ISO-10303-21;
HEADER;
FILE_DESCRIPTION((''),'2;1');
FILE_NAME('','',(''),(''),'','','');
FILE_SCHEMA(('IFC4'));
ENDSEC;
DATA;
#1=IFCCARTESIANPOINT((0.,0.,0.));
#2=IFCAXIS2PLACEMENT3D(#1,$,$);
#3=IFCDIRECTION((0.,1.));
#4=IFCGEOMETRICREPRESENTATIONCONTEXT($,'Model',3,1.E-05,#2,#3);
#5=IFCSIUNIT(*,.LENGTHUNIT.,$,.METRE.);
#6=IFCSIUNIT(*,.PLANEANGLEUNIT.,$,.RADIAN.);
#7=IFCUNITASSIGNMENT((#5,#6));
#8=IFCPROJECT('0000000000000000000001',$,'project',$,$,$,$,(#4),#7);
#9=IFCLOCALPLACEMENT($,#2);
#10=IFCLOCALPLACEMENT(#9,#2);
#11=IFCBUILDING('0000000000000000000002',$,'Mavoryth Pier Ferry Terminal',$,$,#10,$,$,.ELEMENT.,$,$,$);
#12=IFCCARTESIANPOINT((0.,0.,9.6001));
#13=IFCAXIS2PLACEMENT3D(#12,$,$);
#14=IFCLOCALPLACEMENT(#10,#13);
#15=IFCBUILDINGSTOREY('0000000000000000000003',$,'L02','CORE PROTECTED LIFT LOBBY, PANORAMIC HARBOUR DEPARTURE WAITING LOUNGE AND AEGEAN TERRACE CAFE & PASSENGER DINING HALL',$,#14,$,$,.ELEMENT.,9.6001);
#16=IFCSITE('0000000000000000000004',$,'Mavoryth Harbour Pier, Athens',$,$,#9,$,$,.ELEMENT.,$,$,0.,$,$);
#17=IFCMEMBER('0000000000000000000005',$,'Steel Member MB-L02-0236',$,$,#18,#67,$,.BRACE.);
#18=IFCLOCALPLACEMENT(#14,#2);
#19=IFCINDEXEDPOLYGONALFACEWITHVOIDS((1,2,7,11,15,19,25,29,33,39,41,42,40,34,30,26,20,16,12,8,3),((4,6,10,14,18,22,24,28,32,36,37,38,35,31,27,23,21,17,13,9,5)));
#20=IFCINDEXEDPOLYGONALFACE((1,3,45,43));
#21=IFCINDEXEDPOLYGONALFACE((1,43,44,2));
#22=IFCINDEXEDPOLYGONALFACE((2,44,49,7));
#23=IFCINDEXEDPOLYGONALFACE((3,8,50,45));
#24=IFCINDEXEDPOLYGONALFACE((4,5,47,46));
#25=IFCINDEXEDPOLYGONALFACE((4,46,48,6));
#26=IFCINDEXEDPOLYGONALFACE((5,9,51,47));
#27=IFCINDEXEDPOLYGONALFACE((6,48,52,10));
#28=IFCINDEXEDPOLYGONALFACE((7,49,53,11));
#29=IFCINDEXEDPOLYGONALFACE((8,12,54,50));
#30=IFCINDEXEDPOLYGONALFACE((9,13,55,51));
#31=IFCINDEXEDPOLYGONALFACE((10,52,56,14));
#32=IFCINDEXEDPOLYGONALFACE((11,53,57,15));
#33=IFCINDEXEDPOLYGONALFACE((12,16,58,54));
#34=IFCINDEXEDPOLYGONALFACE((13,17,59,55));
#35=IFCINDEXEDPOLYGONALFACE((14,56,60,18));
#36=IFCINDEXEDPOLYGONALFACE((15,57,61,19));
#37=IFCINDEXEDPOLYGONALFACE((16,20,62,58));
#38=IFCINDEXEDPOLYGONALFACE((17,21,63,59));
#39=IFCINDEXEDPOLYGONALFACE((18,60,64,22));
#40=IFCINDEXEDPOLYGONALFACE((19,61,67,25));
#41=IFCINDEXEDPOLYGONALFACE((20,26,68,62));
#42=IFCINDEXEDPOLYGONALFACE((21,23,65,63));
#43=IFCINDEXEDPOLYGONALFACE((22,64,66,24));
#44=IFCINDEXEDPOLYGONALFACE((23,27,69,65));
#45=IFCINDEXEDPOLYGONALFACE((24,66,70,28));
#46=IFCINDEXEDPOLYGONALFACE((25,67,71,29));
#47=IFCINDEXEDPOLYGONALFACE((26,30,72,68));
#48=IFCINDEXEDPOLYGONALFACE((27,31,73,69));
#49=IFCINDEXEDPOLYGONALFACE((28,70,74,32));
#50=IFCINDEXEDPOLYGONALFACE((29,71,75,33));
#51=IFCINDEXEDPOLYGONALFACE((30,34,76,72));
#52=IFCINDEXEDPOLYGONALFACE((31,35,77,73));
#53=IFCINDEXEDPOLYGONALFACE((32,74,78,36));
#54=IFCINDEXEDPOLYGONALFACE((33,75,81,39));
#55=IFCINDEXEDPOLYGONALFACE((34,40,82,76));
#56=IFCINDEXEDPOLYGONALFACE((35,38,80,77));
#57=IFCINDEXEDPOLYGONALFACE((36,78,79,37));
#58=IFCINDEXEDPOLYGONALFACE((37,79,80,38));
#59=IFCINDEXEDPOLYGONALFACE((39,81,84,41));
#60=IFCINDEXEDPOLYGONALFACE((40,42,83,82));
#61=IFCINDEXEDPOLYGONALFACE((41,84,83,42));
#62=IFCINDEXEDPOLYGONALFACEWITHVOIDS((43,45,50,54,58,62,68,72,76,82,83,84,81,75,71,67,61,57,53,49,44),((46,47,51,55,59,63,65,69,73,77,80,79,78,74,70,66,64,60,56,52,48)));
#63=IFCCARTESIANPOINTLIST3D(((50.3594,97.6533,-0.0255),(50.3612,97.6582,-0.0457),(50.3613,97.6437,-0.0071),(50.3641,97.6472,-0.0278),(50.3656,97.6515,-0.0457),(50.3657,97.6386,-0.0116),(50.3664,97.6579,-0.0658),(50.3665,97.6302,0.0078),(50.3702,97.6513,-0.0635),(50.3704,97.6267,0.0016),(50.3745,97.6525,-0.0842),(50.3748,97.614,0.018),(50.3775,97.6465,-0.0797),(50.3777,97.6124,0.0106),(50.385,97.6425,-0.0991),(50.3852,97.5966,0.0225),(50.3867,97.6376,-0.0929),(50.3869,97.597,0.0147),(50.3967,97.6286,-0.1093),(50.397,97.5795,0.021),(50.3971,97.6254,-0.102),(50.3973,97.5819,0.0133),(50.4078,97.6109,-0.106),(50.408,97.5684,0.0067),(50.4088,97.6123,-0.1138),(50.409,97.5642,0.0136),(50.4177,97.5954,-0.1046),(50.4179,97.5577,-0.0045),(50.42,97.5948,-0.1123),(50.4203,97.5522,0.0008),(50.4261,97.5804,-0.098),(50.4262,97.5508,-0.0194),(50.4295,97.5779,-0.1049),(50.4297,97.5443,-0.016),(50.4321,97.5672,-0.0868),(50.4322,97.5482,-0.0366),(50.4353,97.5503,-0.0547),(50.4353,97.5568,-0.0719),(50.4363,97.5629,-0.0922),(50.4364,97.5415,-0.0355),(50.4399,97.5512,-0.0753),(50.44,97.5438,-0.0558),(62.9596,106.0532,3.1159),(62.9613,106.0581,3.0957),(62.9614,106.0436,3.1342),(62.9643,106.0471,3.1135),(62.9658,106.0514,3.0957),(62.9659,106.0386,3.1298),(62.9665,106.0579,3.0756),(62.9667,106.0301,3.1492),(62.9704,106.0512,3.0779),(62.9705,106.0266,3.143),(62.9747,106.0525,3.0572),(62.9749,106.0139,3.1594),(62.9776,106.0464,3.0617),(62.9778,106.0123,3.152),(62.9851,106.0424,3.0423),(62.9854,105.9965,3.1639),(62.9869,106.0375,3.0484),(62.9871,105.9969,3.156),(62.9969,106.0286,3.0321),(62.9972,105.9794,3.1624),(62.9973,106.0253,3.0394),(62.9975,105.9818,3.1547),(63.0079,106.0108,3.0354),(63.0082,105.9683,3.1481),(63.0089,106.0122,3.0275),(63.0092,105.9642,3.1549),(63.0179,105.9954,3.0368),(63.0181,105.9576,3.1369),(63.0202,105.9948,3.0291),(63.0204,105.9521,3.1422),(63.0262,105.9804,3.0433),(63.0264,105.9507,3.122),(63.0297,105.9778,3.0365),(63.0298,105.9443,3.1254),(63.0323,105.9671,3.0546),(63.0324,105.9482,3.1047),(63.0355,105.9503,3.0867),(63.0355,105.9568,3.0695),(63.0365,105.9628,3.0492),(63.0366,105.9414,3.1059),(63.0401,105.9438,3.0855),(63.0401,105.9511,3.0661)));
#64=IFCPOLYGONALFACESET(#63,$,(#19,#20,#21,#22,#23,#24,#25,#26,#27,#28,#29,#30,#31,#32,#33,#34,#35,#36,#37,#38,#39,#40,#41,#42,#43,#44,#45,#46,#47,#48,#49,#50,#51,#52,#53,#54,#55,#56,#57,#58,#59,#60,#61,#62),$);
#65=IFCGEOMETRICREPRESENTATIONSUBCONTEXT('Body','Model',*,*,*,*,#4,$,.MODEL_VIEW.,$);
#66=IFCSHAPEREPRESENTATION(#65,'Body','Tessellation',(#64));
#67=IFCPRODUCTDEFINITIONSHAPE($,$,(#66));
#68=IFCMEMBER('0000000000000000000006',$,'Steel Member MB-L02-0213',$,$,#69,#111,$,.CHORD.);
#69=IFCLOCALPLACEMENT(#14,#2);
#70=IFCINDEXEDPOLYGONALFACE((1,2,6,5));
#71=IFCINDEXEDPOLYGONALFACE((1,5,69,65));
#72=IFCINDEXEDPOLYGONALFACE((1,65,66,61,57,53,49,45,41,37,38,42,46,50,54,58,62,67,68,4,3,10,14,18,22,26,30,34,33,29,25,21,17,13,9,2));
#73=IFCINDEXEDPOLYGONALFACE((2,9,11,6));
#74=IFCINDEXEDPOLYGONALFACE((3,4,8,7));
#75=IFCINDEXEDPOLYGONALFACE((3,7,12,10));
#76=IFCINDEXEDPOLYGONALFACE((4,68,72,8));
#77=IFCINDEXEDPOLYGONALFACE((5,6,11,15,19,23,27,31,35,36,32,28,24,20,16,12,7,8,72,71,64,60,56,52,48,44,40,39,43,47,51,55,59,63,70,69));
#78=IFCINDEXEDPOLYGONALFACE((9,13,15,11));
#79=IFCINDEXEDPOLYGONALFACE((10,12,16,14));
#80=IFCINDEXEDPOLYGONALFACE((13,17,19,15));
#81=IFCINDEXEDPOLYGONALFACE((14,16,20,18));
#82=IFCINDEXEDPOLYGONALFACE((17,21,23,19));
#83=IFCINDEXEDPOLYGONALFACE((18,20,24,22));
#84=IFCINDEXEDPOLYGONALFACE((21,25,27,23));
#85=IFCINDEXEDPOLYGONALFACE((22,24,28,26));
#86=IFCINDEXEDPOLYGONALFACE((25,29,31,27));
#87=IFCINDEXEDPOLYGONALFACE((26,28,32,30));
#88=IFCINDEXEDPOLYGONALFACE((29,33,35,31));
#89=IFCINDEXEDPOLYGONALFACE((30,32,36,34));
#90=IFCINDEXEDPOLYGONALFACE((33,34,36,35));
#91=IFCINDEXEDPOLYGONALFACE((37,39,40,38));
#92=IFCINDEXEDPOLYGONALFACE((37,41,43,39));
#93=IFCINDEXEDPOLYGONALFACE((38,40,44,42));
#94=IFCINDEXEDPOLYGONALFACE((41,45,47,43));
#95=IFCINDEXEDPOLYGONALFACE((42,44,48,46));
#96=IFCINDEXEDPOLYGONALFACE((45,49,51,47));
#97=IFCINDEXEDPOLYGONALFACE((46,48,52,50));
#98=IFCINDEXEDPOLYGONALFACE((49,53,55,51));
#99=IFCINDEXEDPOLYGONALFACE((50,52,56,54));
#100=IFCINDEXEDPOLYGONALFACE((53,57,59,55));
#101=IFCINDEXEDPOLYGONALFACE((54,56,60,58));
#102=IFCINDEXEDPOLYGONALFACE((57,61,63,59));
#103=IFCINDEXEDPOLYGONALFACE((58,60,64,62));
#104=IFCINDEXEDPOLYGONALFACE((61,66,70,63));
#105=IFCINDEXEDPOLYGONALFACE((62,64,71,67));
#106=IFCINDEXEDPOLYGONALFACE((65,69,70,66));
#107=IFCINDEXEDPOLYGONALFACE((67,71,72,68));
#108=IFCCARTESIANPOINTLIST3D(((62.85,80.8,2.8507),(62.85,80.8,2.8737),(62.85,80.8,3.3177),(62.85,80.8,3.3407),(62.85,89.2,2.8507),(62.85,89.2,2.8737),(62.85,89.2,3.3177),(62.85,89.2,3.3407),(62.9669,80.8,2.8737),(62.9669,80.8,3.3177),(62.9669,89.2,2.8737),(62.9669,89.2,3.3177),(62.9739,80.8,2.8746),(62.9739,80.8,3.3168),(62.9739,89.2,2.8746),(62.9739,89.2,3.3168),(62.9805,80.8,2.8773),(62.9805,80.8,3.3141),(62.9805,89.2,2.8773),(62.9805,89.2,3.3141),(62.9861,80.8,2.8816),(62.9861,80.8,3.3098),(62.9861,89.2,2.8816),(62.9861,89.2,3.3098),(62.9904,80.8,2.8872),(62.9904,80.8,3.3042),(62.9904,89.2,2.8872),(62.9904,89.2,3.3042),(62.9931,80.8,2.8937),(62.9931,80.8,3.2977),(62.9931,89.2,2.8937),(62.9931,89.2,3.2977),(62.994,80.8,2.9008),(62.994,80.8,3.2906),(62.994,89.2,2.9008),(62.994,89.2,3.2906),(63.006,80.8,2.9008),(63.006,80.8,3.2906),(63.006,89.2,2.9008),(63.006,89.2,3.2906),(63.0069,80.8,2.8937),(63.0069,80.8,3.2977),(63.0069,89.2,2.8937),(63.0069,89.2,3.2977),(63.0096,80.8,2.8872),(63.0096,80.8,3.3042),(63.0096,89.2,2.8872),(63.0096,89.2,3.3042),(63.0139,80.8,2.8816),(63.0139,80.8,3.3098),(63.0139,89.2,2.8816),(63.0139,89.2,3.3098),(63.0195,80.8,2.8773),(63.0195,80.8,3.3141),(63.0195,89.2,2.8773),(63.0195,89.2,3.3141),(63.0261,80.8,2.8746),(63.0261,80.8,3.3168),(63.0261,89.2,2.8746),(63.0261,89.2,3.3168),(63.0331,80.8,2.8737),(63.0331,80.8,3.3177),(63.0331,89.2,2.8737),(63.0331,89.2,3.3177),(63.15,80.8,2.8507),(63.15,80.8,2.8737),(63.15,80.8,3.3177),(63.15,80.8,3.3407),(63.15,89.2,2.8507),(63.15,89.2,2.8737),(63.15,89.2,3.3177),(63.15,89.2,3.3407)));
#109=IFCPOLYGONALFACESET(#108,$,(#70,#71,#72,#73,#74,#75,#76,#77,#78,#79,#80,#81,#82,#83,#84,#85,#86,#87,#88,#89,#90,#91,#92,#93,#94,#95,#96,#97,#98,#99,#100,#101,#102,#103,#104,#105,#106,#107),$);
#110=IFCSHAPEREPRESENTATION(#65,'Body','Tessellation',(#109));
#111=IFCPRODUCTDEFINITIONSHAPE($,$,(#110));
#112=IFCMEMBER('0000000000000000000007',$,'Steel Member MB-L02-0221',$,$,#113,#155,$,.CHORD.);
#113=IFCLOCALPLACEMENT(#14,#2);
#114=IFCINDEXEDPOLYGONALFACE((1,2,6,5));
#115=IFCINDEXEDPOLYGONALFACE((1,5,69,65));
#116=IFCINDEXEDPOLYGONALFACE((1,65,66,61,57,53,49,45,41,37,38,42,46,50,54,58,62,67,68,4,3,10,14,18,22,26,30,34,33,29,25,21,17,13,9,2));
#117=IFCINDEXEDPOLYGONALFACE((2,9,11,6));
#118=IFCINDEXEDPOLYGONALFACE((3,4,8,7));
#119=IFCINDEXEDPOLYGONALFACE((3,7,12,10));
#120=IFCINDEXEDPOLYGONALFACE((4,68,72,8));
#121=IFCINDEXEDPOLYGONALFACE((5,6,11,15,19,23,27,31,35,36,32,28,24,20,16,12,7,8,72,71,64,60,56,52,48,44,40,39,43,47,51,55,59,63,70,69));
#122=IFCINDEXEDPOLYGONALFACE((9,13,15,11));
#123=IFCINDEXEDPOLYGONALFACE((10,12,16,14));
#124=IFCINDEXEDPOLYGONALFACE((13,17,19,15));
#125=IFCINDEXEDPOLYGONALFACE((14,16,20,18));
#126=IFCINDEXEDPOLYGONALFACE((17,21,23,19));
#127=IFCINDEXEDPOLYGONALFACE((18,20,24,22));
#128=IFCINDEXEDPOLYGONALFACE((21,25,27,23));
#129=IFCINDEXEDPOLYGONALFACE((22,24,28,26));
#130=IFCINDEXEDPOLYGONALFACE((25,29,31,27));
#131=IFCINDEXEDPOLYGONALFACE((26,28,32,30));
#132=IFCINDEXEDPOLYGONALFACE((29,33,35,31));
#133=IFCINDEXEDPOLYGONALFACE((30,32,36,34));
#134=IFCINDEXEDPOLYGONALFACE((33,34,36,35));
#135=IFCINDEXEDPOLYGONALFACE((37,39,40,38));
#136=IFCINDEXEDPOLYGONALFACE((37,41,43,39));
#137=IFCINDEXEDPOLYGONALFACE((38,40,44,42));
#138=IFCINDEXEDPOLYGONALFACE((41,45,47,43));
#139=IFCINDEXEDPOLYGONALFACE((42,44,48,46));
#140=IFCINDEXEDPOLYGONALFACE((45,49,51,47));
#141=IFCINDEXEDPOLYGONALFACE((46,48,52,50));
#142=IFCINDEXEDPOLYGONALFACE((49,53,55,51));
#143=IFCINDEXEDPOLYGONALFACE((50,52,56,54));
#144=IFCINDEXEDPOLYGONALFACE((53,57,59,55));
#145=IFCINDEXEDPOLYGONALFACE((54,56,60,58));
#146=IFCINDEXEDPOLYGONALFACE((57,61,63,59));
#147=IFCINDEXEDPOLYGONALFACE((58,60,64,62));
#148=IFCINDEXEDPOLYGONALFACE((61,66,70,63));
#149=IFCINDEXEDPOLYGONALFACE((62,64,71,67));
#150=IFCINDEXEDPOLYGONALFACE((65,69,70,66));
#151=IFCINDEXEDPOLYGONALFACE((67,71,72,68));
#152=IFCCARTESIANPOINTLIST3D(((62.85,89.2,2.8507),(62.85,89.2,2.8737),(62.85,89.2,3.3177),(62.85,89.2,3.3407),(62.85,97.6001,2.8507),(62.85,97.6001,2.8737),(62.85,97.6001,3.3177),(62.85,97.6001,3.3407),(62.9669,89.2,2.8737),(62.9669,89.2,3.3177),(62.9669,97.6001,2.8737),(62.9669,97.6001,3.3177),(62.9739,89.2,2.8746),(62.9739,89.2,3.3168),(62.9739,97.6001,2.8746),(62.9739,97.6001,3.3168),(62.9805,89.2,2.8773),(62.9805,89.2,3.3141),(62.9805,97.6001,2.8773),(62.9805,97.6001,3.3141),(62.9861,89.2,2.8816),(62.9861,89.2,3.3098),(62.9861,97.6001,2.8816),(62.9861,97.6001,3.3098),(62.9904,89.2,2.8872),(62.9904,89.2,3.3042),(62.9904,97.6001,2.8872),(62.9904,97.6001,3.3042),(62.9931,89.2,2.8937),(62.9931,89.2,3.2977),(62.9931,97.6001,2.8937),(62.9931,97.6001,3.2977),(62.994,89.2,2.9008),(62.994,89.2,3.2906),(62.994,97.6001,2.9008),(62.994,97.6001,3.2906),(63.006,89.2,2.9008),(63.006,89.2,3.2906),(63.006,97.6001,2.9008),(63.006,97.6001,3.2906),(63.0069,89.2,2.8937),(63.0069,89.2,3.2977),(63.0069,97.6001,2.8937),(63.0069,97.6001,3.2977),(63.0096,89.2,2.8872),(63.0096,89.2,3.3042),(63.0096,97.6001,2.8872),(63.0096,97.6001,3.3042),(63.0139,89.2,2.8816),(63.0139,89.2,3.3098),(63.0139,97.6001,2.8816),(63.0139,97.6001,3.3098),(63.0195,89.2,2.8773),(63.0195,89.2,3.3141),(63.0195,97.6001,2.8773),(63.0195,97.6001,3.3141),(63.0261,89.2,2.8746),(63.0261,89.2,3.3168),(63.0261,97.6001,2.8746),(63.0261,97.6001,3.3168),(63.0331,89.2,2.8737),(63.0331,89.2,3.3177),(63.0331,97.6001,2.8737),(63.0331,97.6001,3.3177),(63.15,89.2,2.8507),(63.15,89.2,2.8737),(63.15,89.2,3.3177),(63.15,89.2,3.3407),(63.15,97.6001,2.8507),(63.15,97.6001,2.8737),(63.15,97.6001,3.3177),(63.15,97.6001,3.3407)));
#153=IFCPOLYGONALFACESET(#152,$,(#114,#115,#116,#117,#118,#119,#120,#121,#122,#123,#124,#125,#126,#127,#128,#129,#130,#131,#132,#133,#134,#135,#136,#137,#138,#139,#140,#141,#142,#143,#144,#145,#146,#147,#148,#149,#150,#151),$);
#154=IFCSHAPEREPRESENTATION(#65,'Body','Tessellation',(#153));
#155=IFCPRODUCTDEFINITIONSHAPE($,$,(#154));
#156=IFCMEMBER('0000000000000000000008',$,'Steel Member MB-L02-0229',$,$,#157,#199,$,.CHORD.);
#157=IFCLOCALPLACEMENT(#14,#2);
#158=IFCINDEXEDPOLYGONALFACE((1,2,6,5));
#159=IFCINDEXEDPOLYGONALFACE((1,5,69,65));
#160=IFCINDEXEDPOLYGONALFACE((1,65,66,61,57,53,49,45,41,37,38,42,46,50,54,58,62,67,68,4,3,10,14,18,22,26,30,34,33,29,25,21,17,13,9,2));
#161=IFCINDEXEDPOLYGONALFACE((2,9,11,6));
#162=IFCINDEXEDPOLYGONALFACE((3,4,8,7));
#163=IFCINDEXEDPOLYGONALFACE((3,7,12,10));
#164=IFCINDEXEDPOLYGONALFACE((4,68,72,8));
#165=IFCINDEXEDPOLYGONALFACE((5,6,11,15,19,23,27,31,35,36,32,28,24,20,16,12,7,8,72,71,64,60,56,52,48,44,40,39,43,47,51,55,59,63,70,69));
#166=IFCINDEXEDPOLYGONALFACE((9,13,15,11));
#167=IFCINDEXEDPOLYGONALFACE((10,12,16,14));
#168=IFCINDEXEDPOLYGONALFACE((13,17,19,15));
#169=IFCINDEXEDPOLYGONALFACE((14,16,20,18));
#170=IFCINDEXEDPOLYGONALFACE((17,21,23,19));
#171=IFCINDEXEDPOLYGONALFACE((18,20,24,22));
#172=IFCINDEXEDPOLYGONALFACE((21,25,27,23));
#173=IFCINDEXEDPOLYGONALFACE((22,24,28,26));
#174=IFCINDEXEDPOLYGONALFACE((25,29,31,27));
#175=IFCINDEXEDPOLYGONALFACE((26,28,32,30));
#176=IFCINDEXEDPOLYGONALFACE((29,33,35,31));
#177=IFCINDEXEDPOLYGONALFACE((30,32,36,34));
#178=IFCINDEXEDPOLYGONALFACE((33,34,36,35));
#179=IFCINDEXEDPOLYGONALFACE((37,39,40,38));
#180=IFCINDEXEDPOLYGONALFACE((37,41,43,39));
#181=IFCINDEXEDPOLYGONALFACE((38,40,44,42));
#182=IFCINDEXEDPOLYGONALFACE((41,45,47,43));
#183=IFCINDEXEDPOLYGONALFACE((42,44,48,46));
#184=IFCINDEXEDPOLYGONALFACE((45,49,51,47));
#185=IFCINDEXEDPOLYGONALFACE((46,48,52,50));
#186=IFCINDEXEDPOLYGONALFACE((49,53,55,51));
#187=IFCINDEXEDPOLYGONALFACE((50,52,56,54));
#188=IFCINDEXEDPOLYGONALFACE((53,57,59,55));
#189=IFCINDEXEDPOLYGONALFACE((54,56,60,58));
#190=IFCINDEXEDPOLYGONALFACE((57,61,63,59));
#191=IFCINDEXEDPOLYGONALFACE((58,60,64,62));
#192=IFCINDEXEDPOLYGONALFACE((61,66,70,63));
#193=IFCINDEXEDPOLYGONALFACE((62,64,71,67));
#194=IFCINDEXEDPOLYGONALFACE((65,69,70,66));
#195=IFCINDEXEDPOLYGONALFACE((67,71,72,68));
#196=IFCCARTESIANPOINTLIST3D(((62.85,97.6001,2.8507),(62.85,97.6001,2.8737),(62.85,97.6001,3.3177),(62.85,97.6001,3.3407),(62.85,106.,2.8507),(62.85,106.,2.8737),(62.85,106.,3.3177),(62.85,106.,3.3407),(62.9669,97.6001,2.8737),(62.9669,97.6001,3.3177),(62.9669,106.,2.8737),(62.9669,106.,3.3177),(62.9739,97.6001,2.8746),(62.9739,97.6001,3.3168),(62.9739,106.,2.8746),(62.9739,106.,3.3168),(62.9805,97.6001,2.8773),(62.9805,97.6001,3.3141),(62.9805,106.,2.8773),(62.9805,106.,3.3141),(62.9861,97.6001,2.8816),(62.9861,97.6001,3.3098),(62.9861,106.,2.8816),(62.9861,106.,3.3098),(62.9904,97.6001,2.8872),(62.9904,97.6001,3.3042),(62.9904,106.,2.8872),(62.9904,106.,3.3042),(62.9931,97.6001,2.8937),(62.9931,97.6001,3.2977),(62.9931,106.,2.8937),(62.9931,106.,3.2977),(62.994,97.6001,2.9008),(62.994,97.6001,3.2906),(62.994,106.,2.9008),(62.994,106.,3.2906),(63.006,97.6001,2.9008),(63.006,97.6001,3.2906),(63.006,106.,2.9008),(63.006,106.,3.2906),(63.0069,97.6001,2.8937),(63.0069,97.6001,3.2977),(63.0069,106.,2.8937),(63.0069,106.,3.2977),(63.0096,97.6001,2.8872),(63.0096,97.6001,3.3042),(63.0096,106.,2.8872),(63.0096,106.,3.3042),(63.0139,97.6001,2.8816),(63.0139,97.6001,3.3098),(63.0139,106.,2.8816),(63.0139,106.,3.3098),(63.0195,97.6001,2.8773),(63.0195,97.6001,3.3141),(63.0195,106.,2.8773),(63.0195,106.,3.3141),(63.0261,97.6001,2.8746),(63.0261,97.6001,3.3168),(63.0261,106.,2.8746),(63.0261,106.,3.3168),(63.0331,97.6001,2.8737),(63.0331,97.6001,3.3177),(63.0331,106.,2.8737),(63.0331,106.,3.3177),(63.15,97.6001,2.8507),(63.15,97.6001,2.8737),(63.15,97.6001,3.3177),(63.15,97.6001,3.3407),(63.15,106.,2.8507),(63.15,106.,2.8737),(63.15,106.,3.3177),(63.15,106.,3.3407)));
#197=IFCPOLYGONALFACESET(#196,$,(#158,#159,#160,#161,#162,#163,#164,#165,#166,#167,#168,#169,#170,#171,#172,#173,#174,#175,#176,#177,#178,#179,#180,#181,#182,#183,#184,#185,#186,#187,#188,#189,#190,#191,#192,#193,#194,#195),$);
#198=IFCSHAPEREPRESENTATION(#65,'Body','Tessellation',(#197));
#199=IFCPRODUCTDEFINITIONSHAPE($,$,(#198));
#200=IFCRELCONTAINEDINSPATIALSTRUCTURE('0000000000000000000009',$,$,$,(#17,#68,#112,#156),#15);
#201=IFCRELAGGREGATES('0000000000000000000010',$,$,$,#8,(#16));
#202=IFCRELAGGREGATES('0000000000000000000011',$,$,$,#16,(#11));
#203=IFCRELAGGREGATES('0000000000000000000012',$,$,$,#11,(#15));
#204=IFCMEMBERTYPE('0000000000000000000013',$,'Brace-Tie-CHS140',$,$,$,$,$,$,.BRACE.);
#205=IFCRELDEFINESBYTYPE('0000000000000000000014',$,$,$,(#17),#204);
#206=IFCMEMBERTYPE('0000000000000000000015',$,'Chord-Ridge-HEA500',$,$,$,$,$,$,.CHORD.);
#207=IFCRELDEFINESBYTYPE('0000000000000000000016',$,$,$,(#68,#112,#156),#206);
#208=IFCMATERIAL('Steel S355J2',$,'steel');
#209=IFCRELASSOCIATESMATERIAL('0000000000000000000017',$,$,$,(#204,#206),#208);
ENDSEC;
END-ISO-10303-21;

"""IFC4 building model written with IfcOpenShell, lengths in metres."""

from ifc_helpers import new_model, si_unit, direction, frame, origin, origin_2d, place, context, subcontext, project, spatial, hollow_circle, i_section, extrude, material, material_profile, profile_set, type_object, element, save


model = new_model("IFC4")

# Units and contexts
model_context = context("Model", 3, precision=1e-05, world=origin(), true_north=direction((0.0, 1.0)))
body_context = subcontext(model_context, "Body", "Model", "MODEL_VIEW")
ifc_project = project(units=[si_unit("LENGTHUNIT", "METRE"), si_unit("PLANEANGLEUNIT", "RADIAN")], contexts=[model_context])

# Site, building, storey
site_placement = place(None, origin())
site = spatial("IfcSite", under=ifc_project, at=site_placement, Name="Mavoryth Harbour Pier, Athens", CompositionType="ELEMENT", RefElevation=0.0)
building_placement = place(site_placement, origin())
building = spatial("IfcBuilding", under=site, at=building_placement, Name="Mavoryth Pier Ferry Terminal", CompositionType="ELEMENT")
storey_placement = place(building_placement, frame((0.0, 0.0, 9.6001)))
storey = spatial("IfcBuildingStorey", under=building, at=storey_placement, Name="L02", Description="CORE PROTECTED LIFT LOBBY, PANORAMIC HARBOUR DEPARTURE WAITING LOUNGE AND AEGEAN TERRACE CAFE & PASSENGER DINING HALL", CompositionType="ELEMENT", Elevation=9.6001)

# Members
ifc_material_1 = material(Name="Steel S355J2", Category="steel")
ifc_material_profile_1 = material_profile(ifc_material_1, hollow_circle(Radius=0.0698, WallThickness=0.0081, at=origin_2d()), Name="CHS 139.7x8.0", Category="steel")
ifc_profile_set_1 = profile_set([ifc_material_profile_1], Name="Steel S355J2 - CHS 139.7x8.0")
member_type_1 = type_object("IfcMemberType", Name="Brace-Tie-CHS140", PredefinedType="BRACE", material=ifc_profile_set_1)
for number, where, z_axis, x_axis, name in (
    (1, (50.3999, 97.6001, -0.0457), (0.814711, 0.54313, 0.203117), (-0.554693, 0.832055, 0.0), "Steel Member MB-L02-0236"),
):
    element("IfcMember", number, at=place(storey_placement, frame(where, z_axis=z_axis, x_axis=x_axis)), inside=storey, type_object=member_type_1, Name=name, PredefinedType="BRACE", context=body_context, shape_type="SweptSolid", body=[
        extrude(hollow_circle(Radius=0.0698, WallThickness=0.0081, at=origin_2d()), origin(), (0.0, 0.0, 1.0), 15.4658),
    ])
ifc_material_profile_2 = material_profile(ifc_material_1, i_section(OverallWidth=0.3, OverallDepth=0.49, WebThickness=0.012, FlangeThickness=0.0229, FilletRadius=0.0271, at=origin_2d()), Name="HEA 500", Category="steel")
ifc_profile_set_2 = profile_set([ifc_material_profile_2], Name="Steel S355J2 - HEA 500")
member_type_2 = type_object("IfcMemberType", Name="Chord-Ridge-HEA500", PredefinedType="CHORD", material=ifc_profile_set_2)
member_1_placement = place(storey_placement, frame((63.0, 80.8, 3.0957), z_axis=(0.0, 1.0, 0.0), x_axis=(-1.0, 0.0, 0.0)))
element("IfcMember", 2, at=member_1_placement, inside=storey, type_object=member_type_2, Name="Steel Member MB-L02-0213", PredefinedType="CHORD", context=body_context, shape_type="SweptSolid", body=[
    extrude(i_section(OverallWidth=0.3, OverallDepth=0.49, WebThickness=0.012, FlangeThickness=0.0229, FilletRadius=0.0271, at=origin_2d()), origin(), (0.0, 0.0, 1.0), 8.3999),
])
member_2_placement = place(storey_placement, frame((63.0, 89.2, 3.0957), z_axis=(0.0, 1.0, 0.0), x_axis=(-1.0, 0.0, 0.0)))
element("IfcMember", 3, at=member_2_placement, inside=storey, type_object=member_type_2, Name="Steel Member MB-L02-0221", PredefinedType="CHORD", context=body_context, shape_type="SweptSolid", body=[
    extrude(i_section(OverallWidth=0.3, OverallDepth=0.49, WebThickness=0.012, FlangeThickness=0.0229, FilletRadius=0.0271, at=origin_2d()), origin(), (0.0, 0.0, 1.0), 8.4001),
])
member_3_placement = place(storey_placement, frame((63.0, 97.6001, 3.0957), z_axis=(0.0, 1.0, 0.0), x_axis=(-1.0, 0.0, 0.0)))
element("IfcMember", 4, at=member_3_placement, inside=storey, type_object=member_type_2, Name="Steel Member MB-L02-0229", PredefinedType="CHORD", context=body_context, shape_type="SweptSolid", body=[
    extrude(i_section(OverallWidth=0.3, OverallDepth=0.49, WebThickness=0.012, FlangeThickness=0.0229, FilletRadius=0.0271, at=origin_2d()), origin(), (0.0, 0.0, 1.0), 8.3999),
])

save(model, "model.ifc")
